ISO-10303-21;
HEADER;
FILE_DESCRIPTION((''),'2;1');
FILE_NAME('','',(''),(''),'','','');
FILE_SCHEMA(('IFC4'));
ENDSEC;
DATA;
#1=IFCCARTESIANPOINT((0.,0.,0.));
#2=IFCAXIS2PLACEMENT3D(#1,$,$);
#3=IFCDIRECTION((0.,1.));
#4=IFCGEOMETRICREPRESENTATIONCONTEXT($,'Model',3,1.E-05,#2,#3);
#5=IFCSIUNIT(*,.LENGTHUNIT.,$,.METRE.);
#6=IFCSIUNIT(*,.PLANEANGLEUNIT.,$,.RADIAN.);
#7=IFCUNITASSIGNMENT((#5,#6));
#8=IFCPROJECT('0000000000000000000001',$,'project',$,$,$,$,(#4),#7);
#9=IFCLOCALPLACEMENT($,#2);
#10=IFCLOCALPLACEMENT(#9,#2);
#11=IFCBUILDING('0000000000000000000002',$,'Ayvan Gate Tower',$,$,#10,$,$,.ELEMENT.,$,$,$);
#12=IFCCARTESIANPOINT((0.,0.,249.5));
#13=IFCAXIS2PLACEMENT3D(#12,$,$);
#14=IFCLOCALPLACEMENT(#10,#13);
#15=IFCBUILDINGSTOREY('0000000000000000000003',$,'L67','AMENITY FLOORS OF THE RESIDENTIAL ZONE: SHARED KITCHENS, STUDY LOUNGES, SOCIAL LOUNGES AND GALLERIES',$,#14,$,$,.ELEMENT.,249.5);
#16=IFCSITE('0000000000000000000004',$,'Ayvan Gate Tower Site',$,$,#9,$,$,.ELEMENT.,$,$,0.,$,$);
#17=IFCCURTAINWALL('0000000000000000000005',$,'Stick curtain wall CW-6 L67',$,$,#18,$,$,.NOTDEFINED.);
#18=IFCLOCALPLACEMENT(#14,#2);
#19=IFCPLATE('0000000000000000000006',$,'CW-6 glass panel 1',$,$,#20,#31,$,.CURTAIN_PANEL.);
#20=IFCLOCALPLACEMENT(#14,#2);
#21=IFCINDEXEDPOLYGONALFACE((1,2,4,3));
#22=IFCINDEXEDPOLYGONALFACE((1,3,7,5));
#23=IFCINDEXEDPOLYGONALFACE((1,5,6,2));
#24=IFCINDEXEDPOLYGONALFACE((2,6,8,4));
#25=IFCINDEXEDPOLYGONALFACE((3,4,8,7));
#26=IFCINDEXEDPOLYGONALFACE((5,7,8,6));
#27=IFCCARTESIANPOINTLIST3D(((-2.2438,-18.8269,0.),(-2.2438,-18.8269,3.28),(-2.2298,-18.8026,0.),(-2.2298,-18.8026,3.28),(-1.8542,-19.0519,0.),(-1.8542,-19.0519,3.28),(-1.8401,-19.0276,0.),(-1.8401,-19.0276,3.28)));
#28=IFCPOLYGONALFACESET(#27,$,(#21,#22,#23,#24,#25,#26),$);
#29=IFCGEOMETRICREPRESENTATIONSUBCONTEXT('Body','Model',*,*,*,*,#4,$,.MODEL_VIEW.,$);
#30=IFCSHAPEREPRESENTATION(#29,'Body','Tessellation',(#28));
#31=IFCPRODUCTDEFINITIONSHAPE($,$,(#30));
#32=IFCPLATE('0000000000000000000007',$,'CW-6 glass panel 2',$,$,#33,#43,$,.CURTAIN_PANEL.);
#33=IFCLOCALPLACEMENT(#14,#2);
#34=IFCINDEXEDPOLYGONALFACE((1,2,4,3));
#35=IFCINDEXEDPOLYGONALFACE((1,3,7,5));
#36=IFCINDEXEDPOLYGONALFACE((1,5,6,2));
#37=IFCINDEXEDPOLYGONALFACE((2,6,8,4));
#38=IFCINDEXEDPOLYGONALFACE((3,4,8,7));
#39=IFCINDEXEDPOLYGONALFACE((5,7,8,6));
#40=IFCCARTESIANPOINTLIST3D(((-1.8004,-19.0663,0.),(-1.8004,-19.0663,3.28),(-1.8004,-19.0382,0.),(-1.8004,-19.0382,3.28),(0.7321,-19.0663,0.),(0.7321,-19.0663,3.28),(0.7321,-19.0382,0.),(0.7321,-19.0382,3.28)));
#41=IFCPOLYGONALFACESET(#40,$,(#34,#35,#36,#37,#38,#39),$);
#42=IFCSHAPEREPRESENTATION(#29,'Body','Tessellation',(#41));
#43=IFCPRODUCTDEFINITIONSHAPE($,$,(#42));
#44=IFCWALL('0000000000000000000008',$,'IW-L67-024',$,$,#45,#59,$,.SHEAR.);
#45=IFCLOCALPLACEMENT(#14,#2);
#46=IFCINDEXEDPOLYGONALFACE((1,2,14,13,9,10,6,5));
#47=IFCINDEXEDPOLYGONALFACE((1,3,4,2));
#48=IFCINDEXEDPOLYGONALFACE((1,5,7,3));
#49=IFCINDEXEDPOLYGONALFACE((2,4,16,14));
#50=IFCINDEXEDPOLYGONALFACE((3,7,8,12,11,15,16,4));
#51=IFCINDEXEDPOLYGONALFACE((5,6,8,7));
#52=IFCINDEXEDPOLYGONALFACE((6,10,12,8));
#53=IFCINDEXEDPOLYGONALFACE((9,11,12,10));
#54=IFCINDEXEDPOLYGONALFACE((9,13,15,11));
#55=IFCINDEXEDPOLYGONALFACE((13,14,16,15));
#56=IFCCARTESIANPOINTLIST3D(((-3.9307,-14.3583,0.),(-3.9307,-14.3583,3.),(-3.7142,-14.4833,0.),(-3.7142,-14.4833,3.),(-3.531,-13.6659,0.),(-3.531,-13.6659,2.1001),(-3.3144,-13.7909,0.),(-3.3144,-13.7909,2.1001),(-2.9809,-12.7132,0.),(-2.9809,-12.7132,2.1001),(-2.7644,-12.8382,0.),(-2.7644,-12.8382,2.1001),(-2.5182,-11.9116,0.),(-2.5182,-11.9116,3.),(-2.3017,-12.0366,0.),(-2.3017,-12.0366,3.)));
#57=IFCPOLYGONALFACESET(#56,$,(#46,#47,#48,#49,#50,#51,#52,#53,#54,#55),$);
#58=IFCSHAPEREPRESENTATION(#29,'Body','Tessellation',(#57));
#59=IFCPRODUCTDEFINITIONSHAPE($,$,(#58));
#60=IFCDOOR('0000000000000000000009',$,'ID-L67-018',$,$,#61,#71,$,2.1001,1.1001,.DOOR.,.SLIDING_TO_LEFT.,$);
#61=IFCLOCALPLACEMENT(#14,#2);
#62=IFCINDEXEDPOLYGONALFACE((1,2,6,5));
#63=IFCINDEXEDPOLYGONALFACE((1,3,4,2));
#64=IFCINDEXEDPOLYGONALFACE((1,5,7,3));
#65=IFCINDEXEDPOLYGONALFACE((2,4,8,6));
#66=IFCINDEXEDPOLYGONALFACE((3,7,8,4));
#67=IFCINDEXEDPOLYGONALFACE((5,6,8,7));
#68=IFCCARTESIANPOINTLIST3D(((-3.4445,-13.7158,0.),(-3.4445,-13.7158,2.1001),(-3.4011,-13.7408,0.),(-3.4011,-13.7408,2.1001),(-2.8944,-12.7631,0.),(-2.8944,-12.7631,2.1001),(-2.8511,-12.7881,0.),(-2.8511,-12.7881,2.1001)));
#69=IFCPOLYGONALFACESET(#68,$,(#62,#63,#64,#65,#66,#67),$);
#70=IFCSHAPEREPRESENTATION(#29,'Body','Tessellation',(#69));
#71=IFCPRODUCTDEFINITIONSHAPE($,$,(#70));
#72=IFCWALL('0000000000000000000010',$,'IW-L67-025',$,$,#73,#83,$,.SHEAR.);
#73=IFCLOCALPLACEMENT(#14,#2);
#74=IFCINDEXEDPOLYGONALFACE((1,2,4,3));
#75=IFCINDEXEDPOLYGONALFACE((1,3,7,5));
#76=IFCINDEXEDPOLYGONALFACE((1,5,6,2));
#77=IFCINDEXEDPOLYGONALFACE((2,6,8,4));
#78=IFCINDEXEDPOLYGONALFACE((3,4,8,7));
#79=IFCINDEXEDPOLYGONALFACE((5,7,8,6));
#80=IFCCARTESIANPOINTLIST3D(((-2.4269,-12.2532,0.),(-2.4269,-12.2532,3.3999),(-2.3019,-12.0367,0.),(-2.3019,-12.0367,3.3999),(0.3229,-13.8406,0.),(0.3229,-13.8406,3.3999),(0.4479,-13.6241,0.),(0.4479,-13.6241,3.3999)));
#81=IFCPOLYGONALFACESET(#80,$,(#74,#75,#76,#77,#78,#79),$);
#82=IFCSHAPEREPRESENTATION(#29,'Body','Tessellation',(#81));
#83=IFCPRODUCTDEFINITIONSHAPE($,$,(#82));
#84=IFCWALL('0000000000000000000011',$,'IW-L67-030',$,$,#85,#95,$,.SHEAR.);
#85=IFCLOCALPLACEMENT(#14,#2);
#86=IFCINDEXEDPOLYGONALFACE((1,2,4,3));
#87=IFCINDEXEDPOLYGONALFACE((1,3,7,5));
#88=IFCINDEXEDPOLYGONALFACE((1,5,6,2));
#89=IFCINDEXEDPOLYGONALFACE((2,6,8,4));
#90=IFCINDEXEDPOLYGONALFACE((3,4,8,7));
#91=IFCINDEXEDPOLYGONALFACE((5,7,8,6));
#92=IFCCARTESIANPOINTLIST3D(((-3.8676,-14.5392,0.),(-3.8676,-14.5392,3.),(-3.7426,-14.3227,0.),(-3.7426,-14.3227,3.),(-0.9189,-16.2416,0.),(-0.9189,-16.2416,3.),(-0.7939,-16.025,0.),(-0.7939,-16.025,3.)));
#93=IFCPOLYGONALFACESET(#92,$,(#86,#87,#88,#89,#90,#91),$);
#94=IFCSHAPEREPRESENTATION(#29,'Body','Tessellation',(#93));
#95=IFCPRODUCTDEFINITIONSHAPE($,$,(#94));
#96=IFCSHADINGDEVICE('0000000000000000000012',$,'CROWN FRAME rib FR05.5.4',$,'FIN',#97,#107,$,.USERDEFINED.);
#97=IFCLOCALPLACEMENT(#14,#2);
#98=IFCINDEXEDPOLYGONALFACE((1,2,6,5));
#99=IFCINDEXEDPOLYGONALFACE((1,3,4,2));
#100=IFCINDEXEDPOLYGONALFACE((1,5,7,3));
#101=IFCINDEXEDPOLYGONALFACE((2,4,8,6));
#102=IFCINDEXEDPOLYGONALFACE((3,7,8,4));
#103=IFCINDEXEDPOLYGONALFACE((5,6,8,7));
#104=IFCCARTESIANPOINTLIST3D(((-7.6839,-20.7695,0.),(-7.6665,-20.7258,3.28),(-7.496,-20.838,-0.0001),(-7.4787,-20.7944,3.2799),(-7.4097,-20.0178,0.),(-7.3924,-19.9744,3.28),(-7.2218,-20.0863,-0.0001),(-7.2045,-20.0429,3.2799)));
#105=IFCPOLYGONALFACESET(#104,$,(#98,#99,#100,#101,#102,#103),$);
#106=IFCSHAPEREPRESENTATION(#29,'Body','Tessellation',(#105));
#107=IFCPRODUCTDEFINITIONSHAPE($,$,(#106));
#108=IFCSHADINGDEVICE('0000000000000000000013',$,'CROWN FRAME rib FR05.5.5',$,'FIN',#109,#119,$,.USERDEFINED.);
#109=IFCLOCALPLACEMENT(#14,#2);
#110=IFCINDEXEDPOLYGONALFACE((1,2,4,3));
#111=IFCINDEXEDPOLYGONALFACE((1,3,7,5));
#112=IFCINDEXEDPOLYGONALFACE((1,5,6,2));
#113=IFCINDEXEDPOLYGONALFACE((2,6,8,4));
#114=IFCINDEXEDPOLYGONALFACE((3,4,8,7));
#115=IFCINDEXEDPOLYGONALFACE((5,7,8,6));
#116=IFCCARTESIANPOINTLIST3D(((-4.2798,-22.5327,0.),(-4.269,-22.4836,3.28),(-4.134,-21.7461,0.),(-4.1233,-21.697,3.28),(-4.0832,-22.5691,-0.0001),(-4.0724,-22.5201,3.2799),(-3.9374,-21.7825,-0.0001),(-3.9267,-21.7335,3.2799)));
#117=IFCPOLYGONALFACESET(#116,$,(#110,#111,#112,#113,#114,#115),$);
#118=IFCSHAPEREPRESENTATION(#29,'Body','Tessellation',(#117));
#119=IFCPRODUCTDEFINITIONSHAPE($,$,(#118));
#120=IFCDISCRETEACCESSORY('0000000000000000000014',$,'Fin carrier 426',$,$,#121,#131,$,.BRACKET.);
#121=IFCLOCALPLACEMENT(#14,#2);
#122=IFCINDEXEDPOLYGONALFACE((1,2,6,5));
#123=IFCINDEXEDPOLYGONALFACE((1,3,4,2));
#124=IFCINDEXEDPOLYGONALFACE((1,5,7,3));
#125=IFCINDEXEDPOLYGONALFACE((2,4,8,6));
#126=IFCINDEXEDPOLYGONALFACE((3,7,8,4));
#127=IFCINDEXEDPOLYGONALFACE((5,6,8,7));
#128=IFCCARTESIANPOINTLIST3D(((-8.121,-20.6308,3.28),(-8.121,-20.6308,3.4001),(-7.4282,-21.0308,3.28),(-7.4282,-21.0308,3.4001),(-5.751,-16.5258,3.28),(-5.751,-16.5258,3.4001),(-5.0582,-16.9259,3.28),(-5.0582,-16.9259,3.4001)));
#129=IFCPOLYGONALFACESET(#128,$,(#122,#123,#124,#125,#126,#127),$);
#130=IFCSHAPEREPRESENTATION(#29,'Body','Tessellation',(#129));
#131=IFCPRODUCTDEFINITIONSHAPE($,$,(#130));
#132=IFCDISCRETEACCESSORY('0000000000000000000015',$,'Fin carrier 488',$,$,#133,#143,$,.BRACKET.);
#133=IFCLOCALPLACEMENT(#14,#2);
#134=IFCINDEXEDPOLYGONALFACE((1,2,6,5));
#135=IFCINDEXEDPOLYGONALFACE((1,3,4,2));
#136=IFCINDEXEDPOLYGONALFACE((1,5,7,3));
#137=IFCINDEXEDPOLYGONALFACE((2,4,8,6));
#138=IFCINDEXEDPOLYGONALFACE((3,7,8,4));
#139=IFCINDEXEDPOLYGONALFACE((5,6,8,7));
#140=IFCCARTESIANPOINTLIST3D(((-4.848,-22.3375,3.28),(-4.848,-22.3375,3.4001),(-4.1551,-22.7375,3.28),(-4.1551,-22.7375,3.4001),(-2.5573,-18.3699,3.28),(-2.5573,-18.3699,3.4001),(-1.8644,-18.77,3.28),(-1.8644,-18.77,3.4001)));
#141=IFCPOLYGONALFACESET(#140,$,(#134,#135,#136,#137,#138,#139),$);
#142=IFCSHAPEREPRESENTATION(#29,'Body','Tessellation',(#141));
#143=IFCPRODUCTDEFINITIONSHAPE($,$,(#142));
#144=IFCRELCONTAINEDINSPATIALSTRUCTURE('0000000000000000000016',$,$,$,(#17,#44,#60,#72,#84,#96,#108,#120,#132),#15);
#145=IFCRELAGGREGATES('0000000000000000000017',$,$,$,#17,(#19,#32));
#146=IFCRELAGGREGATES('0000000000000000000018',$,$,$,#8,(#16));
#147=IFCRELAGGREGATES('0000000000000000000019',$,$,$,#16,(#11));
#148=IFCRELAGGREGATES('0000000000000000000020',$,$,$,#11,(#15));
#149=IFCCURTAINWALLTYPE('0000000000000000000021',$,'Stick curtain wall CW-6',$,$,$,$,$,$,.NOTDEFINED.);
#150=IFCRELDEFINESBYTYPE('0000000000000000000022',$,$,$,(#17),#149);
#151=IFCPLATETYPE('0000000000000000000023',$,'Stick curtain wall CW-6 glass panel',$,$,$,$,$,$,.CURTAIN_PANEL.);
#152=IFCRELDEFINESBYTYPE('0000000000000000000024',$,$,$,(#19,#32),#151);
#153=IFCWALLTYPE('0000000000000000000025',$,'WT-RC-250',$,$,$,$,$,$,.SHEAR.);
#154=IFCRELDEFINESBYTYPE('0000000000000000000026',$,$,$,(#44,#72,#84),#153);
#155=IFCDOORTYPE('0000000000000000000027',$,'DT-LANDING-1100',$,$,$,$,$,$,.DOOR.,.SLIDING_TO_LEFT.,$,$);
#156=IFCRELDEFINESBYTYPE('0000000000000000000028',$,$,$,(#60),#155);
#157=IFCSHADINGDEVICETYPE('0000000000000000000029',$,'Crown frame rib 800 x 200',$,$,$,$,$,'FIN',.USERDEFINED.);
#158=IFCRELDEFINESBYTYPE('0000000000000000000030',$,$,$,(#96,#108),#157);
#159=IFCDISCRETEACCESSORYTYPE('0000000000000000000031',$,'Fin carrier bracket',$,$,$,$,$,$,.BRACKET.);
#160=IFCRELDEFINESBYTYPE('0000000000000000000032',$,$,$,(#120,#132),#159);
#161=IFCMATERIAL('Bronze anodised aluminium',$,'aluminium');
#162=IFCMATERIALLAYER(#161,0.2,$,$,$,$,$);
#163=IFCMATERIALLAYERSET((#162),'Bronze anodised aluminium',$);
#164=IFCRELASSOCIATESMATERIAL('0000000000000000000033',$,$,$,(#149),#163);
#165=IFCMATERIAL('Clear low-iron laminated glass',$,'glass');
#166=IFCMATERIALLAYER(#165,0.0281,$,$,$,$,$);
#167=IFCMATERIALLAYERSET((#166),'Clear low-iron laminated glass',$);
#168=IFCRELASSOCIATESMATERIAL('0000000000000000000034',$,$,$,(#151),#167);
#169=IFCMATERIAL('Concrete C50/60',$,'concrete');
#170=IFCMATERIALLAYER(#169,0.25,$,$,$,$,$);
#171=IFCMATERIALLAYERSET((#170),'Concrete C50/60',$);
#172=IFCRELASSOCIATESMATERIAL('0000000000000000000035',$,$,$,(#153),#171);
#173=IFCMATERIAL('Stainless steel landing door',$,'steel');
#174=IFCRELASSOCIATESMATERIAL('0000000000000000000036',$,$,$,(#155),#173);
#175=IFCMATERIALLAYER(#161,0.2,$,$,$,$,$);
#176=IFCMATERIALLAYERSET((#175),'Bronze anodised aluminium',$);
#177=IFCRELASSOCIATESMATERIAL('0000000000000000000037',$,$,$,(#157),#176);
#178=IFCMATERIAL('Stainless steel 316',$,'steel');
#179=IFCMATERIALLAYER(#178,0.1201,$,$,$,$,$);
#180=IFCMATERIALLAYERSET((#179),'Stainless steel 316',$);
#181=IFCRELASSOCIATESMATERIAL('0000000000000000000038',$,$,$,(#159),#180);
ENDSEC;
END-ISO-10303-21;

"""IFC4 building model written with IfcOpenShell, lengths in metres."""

from ifc_helpers import new_model, si_unit, direction, frame, frame_2d, origin, origin_2d, place, context, subcontext, project, spatial, polyline, rectangle, outline, extrude, material, layer, layer_set, type_object, element, fill, aggregate, save


model = new_model("IFC4")

# Units and contexts
model_context = context("Model", 3, precision=1e-05, world=origin(), true_north=direction((0.0, 1.0)))
body_context = subcontext(model_context, "Body", "Model", "MODEL_VIEW")
ifc_project = project(units=[si_unit("LENGTHUNIT", "METRE"), si_unit("PLANEANGLEUNIT", "RADIAN")], contexts=[model_context])

# Site, building, storey
site_placement = place(None, origin())
site = spatial("IfcSite", under=ifc_project, at=site_placement, Name="Ayvan Gate Tower Site", CompositionType="ELEMENT", RefElevation=0.0)
building_placement = place(site_placement, origin())
building = spatial("IfcBuilding", under=site, at=building_placement, Name="Ayvan Gate Tower", CompositionType="ELEMENT")
storey_placement = place(building_placement, frame((0.0, 0.0, 249.5)))
storey = spatial("IfcBuildingStorey", under=building, at=storey_placement, Name="L67", Description="AMENITY FLOORS OF THE RESIDENTIAL ZONE: SHARED KITCHENS, STUDY LOUNGES, SOCIAL LOUNGES AND GALLERIES", CompositionType="ELEMENT", Elevation=249.5)

# Shared definitions
ifc_material_1 = material(Name="Concrete C50/60", Category="concrete")

# Curtain wall
ifc_material_2 = material(Name="Bronze anodised aluminium", Category="aluminium")
ifc_layer_1 = layer(ifc_material_2, 0.2)
ifc_layer_set_1 = layer_set([ifc_layer_1], Name="Bronze anodised aluminium")
curtain_wall_type_1 = type_object("IfcCurtainWallType", Name="Stick curtain wall CW-6", PredefinedType="NOTDEFINED", material=ifc_layer_set_1)
curtain_wall_1_placement = place(storey_placement, origin())
curtain_wall_1 = element("IfcCurtainWall", 1, at=curtain_wall_1_placement, inside=storey, type_object=curtain_wall_type_1, Name="Stick curtain wall CW-6 L67", PredefinedType="NOTDEFINED")

# Plates
ifc_material_3 = material(Name="Clear low-iron laminated glass", Category="glass")
ifc_layer_2 = layer(ifc_material_3, 0.0281)
ifc_layer_set_2 = layer_set([ifc_layer_2], Name="Clear low-iron laminated glass")
plate_type_1 = type_object("IfcPlateType", Name="Stick curtain wall CW-6 glass panel", PredefinedType="CURTAIN_PANEL", material=ifc_layer_set_2)
plate_1_placement = place(storey_placement, frame((-2.042, -18.9272, 0.0), z_axis=(0.0, 0.0, 1.0), x_axis=(0.866025, -0.5, 0.0)))
plate_1 = element("IfcPlate", 2, at=plate_1_placement, type_object=plate_type_1, Name="CW-6 glass panel 1", PredefinedType="CURTAIN_PANEL", context=body_context, shape_type="SweptSolid", body=[
    extrude(rectangle(XDim=0.45, YDim=0.0281, at=origin_2d()), origin(), (0.0, 0.0, 1.0), 3.28),
])
plate_2_placement = place(storey_placement, frame((-0.5342, -19.0522, 0.0), z_axis=(0.0, 0.0, 1.0), x_axis=(1.0, 0.0, 0.0)))
plate_2 = element("IfcPlate", 3, at=plate_2_placement, type_object=plate_type_1, Name="CW-6 glass panel 2", PredefinedType="CURTAIN_PANEL", context=body_context, shape_type="SweptSolid", body=[
    extrude(rectangle(XDim=2.5325, YDim=0.0281, at=origin_2d()), origin(), (0.0, 0.0, 1.0), 3.28),
])
aggregate(curtain_wall_1, [plate_1, plate_2])

# Wall, opening, door
ifc_layer_3 = layer(ifc_material_1, 0.25)
ifc_layer_set_3 = layer_set([ifc_layer_3], Name="Concrete C50/60")
wall_type = type_object("IfcWallType", Name="WT-RC-250", PredefinedType="SHEAR", material=ifc_layer_set_3)
wall_1_placement = place(storey_placement, frame((-2.4099, -11.9741, 0.0), z_axis=(0.0, 0.0, 1.0), x_axis=(-0.499987, -0.866033, 0.0)))
wall_1 = element("IfcWall", 4, at=wall_1_placement, inside=storey, type_object=wall_type, Name="IW-L67-024", PredefinedType="SHEAR", context=body_context, shape_type="SweptSolid", body=[
    extrude(rectangle(XDim=2.8252, YDim=0.25, at=frame_2d((1.4126, 0.0))), origin(), (0.0, 0.0, 1.0), 3.0),
])
opening_placement = place(wall_1_placement, frame((0.9255, 0.0, 0.0)))
opening = element("IfcOpeningElement", 5, at=opening_placement, cuts=wall_1, PredefinedType="OPENING", context=body_context, shape_type="SweptSolid", body=[
    extrude(rectangle(XDim=1.1001, YDim=2.1001, at=frame_2d((0.55, 1.05))), frame((0.0, 0.135, 0.0), z_axis=(0.0, -1.0, 0.0), x_axis=(1.0, 0.0, 0.0)), (0.0, 0.0, 1.0), 0.27),
])
ifc_material_4 = material(Name="Stainless steel landing door", Category="steel")
door_type = type_object("IfcDoorType", Name="DT-LANDING-1100", OperationType="SLIDING_TO_LEFT", PredefinedType="DOOR", material=ifc_material_4)
door_placement = place(opening_placement, origin())
door = element("IfcDoor", 6, at=door_placement, inside=storey, type_object=door_type, Name="ID-L67-018", OperationType="SLIDING_TO_LEFT", OverallHeight=2.1001, OverallWidth=1.1001, PredefinedType="DOOR", context=body_context, shape_type="SweptSolid", body=[
    extrude(rectangle(XDim=1.1001, YDim=2.1001, at=frame_2d((0.55, 1.05))), frame((0.0, 0.0249, 0.0), z_axis=(0.0, -1.0, 0.0), x_axis=(1.0, 0.0, 0.0)), (0.0, 0.0, 1.0), 0.05),
])
fill(opening, door)

# Walls
wall_2_placement = place(storey_placement, frame((-2.3643, -12.145, 0.0), z_axis=(0.0, 0.0, 1.0), x_axis=(0.866049, -0.49996, 0.0)))
element("IfcWall", 7, at=wall_2_placement, inside=storey, type_object=wall_type, Name="IW-L67-025", PredefinedType="SHEAR", context=body_context, shape_type="SweptSolid", body=[
    extrude(rectangle(XDim=3.175, YDim=0.25, at=frame_2d((1.5874, 0.0))), origin(), (0.0, 0.0, 1.0), 3.3999),
])
wall_3_placement = place(storey_placement, frame((-0.8564, -16.1333, 0.0), z_axis=(0.0, 0.0, 1.0), x_axis=(-0.866033, 0.499987, 0.0)))
element("IfcWall", 8, at=wall_3_placement, inside=storey, type_object=wall_type, Name="IW-L67-030", PredefinedType="SHEAR", context=body_context, shape_type="SweptSolid", body=[
    extrude(rectangle(XDim=3.4048, YDim=0.25, at=frame_2d((1.7024, 0.0))), origin(), (0.0, 0.0, 1.0), 3.0),
])

# Shading devices
ifc_layer_4 = layer(ifc_material_2, 0.2)
ifc_layer_set_4 = layer_set([ifc_layer_4], Name="Bronze anodised aluminium")
shading_device_type = type_object("IfcShadingDeviceType", Name="Crown frame rib 800 x 200", ElementType="FIN", PredefinedType="USERDEFINED", material=ifc_layer_set_4)
shading_device_1_placement = place(storey_placement, frame((-7.4097, -20.0178, 0.0), z_axis=(-0.939445, 0.342698, 0.000412), x_axis=(-0.342698, -0.939445, 0.0)))
element("IfcShadingDevice", 9, at=shading_device_1_placement, inside=storey, type_object=shading_device_type, Name="CROWN FRAME rib FR05.5.4", ObjectType="FIN", PredefinedType="USERDEFINED", context=body_context, shape_type="SweptSolid", body=[
    extrude(outline(polyline([(0.0, 0.0), (0.8001, 0.0), (0.7532, 3.28), (-0.0468, 3.28), (0.0, 0.0)])), origin(), (0.0, 0.0, -1.0), 0.2),
])
shading_device_2_placement = place(storey_placement, frame((-4.134, -21.7461, 0.0), z_axis=(-0.983264, 0.182188, 0.000495), x_axis=(-0.182188, -0.983264, 0.0)))
element("IfcShadingDevice", 10, at=shading_device_2_placement, inside=storey, type_object=shading_device_type, Name="CROWN FRAME rib FR05.5.5", ObjectType="FIN", PredefinedType="USERDEFINED", context=body_context, shape_type="SweptSolid", body=[
    extrude(outline(polyline([(0.0, 0.0), (0.8, 0.0), (0.7498, 3.28), (-0.0502, 3.28), (0.0, 0.0)])), origin(), (0.0, 0.0, -1.0), 0.2),
])

# Discrete accessories
ifc_material_5 = material(Name="Stainless steel 316", Category="steel")
ifc_layer_5 = layer(ifc_material_5, 0.1201)
ifc_layer_set_5 = layer_set([ifc_layer_5], Name="Stainless steel 316")
discrete_accessory_type = type_object("IfcDiscreteAccessoryType", Name="Fin carrier bracket", PredefinedType="BRACKET", material=ifc_layer_set_5)
discrete_accessory_1_placement = place(storey_placement, frame((-6.5896, -18.7783, 3.28), z_axis=(0.0, 0.0, 1.0), x_axis=(0.866025, -0.5, 0.0)))
element("IfcDiscreteAccessory", 11, at=discrete_accessory_1_placement, inside=storey, type_object=discrete_accessory_type, Name="Fin carrier 426", PredefinedType="BRACKET", context=body_context, shape_type="SweptSolid", body=[
    extrude(rectangle(XDim=0.8, YDim=4.74, at=origin_2d()), origin(), (0.0, 0.0, 1.0), 0.1201),
])
discrete_accessory_2_placement = place(storey_placement, frame((-3.3562, -20.5537, 3.28), z_axis=(0.0, 0.0, 1.0), x_axis=(0.866025, -0.5, 0.0)))
element("IfcDiscreteAccessory", 12, at=discrete_accessory_2_placement, inside=storey, type_object=discrete_accessory_type, Name="Fin carrier 488", PredefinedType="BRACKET", context=body_context, shape_type="SweptSolid", body=[
    extrude(rectangle(XDim=0.8, YDim=4.5813, at=origin_2d()), origin(), (0.0, 0.0, 1.0), 0.1201),
])

save(model, "model.ifc")
